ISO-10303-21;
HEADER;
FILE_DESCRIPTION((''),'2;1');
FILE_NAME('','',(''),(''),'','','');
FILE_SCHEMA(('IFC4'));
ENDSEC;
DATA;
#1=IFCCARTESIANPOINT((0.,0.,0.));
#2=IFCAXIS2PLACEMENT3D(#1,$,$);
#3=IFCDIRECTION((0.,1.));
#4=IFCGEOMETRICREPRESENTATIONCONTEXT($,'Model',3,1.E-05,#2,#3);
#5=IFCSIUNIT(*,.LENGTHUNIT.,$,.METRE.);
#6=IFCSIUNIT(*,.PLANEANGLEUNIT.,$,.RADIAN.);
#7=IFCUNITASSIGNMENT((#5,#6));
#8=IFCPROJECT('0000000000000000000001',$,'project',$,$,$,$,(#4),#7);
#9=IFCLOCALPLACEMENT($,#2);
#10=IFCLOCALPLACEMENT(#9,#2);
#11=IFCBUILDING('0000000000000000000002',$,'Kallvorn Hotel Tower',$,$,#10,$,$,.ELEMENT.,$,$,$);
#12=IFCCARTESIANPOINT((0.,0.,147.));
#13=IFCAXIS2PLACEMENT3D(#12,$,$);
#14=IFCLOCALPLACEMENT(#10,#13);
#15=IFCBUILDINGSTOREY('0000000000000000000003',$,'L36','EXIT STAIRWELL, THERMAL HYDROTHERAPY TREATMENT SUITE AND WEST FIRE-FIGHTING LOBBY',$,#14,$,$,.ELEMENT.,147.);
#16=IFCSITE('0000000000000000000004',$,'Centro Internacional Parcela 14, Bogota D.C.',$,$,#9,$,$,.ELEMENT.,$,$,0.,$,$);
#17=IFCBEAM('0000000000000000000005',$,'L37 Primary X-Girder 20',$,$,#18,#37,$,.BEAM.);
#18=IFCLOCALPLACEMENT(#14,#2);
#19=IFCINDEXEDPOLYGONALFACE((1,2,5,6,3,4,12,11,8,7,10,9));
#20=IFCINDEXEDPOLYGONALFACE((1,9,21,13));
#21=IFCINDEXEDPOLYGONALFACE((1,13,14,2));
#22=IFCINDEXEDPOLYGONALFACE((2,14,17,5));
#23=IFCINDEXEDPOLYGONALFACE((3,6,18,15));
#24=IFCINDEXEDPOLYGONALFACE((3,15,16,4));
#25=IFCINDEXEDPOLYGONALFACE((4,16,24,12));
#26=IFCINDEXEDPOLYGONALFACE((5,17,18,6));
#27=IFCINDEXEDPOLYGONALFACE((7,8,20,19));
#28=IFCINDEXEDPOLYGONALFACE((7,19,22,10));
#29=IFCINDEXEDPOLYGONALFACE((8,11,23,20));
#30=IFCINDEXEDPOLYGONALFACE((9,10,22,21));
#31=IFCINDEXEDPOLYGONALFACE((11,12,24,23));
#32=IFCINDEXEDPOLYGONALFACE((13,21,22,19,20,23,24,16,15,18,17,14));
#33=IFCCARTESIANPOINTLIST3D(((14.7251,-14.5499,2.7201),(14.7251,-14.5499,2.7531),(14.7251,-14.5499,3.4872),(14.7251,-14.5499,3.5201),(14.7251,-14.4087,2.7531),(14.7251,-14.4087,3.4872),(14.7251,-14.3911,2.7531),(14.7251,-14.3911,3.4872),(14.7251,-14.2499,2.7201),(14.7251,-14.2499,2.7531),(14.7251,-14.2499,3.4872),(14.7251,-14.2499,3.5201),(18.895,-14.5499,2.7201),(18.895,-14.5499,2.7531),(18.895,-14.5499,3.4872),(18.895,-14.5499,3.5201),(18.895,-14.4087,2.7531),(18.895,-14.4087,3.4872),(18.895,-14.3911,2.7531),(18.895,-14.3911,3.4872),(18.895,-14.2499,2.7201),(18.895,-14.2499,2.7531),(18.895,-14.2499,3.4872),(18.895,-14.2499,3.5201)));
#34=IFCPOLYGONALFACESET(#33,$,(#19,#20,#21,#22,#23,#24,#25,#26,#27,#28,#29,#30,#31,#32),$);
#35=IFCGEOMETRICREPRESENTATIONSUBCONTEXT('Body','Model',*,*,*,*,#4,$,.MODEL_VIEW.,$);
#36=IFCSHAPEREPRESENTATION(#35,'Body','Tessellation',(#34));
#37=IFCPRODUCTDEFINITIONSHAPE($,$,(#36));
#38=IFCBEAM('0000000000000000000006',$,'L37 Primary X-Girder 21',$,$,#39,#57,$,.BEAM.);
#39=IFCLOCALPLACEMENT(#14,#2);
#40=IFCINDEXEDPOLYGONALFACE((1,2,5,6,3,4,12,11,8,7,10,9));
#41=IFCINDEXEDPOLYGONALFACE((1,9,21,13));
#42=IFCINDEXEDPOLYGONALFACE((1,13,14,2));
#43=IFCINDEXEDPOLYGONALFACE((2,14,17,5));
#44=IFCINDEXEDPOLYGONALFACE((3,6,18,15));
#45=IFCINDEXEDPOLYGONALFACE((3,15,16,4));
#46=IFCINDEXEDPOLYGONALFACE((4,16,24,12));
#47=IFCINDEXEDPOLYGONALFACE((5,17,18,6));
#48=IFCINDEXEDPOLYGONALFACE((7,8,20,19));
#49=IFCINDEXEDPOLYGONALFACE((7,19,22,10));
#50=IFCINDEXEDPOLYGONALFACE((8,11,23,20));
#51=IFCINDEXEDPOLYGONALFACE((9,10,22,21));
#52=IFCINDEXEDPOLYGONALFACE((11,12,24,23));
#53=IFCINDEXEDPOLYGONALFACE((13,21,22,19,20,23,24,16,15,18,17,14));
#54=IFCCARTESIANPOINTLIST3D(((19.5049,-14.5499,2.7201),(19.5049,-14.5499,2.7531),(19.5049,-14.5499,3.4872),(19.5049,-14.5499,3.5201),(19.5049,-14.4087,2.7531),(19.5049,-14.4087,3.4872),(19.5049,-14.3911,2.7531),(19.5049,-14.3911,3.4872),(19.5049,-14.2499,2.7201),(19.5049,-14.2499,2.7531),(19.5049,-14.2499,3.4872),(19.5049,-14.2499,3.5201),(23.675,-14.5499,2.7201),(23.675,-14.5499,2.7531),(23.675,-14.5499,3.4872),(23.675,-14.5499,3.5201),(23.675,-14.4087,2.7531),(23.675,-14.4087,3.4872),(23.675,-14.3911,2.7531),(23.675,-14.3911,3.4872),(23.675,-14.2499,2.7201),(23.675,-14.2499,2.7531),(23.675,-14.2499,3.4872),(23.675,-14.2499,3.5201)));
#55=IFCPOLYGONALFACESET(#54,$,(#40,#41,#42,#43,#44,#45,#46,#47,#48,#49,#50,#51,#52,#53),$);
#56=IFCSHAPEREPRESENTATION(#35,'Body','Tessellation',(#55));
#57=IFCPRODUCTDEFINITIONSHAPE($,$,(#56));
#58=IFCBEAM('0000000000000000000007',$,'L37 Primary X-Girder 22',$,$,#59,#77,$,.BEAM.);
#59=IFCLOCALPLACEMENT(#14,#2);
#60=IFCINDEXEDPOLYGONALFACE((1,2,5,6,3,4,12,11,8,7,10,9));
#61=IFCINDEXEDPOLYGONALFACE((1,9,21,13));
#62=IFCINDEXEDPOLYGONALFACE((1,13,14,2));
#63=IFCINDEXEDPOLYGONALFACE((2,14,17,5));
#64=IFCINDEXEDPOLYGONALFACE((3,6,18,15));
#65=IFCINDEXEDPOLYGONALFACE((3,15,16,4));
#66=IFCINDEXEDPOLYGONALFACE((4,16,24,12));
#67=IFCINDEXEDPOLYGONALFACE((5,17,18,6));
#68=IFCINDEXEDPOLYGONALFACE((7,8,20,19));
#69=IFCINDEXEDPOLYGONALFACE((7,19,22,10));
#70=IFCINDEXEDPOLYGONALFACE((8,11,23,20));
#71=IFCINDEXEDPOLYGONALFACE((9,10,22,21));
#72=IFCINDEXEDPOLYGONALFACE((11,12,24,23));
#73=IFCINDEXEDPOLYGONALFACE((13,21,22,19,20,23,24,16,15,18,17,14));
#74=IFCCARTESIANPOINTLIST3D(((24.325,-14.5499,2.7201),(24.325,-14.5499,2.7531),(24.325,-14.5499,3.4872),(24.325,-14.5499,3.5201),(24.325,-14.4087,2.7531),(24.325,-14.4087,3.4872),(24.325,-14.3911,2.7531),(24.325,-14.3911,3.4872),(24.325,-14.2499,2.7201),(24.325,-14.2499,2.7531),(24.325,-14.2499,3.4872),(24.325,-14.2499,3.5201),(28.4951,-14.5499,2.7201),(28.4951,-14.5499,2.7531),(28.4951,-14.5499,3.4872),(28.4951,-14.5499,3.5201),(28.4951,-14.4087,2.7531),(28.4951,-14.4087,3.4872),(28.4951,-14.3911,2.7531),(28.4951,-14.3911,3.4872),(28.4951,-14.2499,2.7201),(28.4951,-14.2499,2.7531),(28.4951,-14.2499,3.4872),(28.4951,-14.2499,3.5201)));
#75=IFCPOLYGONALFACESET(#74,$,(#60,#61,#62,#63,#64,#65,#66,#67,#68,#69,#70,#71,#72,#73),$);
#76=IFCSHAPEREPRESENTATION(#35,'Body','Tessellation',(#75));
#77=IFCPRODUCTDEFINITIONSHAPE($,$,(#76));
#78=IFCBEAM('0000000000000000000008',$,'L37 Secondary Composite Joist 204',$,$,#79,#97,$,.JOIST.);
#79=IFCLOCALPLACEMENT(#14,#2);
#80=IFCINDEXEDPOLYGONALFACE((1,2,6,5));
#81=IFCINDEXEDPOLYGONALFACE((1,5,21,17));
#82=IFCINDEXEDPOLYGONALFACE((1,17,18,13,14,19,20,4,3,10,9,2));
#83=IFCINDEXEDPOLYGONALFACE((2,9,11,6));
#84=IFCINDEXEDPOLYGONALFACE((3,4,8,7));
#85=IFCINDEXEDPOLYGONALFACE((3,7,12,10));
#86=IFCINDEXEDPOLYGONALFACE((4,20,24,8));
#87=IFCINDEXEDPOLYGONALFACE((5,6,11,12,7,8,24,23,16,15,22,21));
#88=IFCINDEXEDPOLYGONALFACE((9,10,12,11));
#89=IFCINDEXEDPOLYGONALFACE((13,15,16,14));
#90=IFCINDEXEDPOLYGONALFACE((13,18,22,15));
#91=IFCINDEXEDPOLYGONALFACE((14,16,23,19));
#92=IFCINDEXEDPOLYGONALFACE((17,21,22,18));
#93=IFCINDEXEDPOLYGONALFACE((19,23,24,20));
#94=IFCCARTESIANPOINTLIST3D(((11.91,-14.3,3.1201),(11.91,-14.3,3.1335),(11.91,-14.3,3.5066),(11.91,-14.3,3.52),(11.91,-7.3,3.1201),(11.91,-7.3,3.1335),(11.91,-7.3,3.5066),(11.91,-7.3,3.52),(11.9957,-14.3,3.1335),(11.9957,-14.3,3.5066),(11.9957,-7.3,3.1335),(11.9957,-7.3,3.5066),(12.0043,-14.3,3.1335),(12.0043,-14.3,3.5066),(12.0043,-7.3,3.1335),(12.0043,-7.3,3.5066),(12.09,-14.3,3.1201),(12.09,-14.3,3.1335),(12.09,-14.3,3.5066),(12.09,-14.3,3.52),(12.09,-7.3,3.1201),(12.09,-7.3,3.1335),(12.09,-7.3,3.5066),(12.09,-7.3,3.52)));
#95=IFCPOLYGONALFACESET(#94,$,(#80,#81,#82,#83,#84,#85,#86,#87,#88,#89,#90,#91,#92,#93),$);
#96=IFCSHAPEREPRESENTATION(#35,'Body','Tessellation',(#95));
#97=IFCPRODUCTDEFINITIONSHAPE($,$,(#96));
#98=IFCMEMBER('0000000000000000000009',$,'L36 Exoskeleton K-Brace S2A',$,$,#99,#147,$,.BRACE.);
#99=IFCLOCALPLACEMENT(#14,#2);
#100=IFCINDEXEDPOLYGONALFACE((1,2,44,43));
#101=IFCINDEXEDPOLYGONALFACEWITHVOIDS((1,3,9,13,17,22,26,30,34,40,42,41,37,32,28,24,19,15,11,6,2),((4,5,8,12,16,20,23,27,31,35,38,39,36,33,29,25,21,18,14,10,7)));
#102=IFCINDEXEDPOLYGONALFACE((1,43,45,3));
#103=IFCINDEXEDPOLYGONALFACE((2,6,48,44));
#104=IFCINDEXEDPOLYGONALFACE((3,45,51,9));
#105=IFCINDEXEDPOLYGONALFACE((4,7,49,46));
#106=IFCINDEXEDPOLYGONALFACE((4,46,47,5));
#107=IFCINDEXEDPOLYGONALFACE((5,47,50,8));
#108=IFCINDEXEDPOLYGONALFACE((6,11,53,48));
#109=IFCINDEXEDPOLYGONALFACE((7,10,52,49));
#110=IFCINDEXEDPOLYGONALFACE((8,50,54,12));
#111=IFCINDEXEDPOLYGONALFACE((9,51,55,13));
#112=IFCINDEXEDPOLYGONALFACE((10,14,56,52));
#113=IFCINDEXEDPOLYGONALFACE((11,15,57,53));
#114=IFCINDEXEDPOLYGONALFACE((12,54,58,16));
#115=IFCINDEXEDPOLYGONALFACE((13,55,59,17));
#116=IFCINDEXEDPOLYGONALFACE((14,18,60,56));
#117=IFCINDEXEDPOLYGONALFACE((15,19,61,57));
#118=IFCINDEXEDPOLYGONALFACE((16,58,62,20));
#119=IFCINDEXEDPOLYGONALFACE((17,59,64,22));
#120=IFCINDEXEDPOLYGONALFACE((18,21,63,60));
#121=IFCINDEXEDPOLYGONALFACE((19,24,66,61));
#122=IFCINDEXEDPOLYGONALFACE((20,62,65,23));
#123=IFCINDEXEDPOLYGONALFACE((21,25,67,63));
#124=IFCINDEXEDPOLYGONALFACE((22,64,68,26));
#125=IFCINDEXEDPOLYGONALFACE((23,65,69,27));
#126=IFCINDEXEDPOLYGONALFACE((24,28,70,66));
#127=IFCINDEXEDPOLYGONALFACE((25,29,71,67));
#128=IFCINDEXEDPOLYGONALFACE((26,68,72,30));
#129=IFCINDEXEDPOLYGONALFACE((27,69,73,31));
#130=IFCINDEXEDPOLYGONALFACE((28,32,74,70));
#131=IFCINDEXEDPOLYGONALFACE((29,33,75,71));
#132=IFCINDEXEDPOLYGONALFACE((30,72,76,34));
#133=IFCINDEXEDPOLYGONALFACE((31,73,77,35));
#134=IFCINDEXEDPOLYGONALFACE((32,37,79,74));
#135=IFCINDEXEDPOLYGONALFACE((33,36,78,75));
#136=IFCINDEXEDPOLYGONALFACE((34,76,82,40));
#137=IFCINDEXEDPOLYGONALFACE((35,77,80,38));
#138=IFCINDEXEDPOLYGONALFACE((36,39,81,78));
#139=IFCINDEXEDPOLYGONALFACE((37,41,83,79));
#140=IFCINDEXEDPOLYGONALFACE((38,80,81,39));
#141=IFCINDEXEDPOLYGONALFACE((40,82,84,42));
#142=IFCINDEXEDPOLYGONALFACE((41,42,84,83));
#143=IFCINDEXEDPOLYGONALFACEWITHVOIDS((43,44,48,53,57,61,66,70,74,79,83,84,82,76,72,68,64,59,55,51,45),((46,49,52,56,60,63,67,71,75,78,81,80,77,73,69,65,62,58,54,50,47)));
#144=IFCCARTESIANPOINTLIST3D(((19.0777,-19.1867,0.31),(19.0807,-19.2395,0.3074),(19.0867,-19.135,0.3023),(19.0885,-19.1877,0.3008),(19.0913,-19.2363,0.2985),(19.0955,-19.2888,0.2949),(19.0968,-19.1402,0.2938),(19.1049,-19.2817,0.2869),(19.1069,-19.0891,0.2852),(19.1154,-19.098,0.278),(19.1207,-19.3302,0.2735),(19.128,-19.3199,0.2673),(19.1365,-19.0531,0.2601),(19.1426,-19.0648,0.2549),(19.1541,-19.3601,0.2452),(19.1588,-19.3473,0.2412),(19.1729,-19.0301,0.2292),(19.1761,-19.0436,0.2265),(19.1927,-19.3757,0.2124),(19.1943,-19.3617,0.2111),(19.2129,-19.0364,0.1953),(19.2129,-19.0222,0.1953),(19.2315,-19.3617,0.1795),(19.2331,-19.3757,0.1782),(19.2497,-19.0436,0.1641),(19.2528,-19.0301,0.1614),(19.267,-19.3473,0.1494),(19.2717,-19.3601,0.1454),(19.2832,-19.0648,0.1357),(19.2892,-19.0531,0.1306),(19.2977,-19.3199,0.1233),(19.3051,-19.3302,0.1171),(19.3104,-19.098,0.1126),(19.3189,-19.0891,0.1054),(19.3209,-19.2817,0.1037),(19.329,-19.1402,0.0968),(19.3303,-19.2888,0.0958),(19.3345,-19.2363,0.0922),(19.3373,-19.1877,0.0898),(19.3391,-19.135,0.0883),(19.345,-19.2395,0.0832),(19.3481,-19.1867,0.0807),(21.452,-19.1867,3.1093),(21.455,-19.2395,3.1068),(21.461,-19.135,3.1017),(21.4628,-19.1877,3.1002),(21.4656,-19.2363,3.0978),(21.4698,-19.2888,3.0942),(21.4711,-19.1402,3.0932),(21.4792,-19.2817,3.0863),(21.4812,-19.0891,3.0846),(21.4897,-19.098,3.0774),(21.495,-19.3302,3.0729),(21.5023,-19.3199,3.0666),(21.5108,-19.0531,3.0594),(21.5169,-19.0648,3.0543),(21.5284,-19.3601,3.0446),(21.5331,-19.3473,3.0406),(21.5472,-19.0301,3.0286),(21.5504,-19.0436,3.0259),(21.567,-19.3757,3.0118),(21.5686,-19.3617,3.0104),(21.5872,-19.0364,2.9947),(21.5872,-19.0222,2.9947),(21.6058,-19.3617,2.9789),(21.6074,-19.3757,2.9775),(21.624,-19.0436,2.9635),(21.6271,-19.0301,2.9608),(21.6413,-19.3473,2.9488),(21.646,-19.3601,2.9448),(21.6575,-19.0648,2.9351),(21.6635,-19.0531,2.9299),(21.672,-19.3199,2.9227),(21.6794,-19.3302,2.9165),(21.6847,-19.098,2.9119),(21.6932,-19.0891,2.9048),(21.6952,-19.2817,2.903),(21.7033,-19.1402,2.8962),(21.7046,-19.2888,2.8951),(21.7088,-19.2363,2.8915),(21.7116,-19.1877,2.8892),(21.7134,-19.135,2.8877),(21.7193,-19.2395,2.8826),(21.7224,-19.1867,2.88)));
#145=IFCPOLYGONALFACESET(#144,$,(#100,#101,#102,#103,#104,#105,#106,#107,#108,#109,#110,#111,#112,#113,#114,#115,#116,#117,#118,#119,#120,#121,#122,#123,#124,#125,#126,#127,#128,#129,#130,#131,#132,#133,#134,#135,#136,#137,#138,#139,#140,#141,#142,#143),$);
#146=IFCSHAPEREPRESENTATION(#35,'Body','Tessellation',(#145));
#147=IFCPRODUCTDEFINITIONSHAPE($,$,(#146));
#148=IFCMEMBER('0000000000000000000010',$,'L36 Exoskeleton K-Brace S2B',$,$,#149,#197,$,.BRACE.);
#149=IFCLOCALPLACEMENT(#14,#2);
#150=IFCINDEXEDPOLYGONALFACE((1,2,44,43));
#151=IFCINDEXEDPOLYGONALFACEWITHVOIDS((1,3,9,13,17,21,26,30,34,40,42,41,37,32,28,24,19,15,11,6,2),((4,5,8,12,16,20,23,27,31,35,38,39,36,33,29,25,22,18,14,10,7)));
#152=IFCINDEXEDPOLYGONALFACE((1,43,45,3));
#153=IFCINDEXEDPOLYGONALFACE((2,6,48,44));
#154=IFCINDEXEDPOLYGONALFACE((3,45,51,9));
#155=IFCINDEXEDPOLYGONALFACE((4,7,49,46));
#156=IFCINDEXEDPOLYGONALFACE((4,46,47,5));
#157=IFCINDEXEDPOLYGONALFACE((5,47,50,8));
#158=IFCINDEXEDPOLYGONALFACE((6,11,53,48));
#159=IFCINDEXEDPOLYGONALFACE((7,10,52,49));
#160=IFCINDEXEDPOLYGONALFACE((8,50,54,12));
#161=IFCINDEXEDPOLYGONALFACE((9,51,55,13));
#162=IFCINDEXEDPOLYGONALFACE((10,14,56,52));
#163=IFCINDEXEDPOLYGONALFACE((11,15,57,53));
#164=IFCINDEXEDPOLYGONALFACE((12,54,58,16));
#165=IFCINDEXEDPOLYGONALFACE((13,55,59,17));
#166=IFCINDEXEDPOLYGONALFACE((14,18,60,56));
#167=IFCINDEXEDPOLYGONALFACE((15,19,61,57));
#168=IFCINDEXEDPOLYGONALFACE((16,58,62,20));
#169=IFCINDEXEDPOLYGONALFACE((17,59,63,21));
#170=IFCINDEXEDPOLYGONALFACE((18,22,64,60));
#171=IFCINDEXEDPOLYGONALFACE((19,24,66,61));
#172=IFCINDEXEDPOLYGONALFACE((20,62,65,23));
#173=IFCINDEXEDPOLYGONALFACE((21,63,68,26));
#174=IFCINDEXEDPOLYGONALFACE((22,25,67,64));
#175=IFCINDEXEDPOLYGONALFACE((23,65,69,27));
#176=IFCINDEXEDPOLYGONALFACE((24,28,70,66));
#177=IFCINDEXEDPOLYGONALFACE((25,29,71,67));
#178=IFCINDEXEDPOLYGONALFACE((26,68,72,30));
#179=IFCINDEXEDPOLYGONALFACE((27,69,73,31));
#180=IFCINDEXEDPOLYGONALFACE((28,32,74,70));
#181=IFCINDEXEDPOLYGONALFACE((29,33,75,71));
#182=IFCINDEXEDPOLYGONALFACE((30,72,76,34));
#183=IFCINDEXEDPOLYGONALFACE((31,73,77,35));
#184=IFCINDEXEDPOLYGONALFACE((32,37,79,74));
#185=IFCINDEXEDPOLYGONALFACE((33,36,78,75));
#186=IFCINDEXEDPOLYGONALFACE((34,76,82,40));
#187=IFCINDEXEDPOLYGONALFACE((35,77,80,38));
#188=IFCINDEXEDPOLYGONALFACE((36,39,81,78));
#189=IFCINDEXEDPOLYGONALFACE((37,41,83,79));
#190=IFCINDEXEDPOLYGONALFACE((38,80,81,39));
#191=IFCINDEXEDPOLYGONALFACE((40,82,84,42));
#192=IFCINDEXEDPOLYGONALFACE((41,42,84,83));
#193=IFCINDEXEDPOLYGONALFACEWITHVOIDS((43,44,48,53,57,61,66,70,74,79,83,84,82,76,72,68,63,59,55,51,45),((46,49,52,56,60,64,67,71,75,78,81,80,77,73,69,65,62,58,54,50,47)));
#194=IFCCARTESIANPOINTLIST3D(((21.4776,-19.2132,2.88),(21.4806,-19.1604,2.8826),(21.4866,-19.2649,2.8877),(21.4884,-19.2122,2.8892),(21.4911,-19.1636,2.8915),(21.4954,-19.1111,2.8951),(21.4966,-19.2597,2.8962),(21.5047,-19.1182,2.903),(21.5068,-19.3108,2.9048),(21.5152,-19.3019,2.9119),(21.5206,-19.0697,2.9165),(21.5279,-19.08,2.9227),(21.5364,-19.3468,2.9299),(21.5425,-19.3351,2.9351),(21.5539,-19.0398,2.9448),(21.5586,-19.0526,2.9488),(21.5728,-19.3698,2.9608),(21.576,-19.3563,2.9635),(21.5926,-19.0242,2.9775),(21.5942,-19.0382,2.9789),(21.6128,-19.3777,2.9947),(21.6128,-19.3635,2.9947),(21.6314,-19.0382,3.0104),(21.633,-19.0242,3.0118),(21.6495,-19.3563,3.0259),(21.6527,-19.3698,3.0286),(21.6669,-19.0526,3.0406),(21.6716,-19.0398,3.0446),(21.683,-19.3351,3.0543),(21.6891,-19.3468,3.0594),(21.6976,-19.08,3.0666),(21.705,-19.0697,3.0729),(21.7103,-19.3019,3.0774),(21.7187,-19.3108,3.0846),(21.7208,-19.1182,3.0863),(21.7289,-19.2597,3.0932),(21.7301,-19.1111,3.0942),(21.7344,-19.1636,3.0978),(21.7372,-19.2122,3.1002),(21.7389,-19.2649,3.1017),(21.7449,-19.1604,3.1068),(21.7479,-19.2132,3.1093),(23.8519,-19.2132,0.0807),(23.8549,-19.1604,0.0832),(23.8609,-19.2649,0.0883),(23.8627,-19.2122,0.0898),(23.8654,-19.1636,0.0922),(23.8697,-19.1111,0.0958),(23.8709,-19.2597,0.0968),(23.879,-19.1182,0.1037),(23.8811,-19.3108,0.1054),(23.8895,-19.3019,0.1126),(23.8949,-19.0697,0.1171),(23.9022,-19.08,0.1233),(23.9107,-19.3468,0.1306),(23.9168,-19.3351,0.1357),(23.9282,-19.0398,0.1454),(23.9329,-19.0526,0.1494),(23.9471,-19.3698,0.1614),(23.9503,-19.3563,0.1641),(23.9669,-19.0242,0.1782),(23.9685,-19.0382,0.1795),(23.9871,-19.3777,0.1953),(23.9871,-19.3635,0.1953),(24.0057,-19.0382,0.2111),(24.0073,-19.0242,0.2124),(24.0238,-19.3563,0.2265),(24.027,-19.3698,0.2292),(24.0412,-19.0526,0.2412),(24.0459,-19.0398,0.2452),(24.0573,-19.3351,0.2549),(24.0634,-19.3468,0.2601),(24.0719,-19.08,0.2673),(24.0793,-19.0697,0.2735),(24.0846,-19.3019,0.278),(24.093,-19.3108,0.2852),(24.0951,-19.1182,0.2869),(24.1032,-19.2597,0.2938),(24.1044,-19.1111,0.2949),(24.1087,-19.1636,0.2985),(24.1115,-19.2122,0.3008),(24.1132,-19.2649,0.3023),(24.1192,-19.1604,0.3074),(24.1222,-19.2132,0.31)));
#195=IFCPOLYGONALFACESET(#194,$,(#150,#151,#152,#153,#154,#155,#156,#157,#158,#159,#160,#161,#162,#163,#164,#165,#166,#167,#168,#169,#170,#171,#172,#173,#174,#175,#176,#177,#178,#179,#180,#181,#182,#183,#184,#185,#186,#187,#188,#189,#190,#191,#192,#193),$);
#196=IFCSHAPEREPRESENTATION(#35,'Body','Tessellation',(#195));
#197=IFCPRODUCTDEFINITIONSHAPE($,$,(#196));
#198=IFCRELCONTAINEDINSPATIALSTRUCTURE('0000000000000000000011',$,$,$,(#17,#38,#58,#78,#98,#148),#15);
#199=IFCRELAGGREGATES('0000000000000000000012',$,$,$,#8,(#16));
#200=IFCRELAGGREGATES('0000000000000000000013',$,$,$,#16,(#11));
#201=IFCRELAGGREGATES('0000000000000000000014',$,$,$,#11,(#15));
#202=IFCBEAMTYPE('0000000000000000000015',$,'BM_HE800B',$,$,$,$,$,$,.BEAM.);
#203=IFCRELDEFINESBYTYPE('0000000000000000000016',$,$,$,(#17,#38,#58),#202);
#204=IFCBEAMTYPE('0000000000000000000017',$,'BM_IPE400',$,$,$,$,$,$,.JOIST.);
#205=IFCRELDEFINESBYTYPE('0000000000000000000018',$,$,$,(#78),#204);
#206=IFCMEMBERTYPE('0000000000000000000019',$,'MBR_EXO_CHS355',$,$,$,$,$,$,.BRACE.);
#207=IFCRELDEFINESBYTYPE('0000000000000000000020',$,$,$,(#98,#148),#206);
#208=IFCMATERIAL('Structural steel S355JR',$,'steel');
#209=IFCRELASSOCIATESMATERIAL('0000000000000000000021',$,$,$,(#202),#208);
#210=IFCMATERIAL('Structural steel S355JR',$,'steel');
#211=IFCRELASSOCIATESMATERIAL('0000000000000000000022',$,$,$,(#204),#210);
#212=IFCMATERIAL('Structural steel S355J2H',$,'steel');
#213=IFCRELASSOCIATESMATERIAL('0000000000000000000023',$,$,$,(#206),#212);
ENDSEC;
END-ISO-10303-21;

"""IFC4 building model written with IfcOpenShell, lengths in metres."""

from ifc_helpers import new_model, si_unit, direction, frame, origin, origin_2d, place, context, subcontext, project, spatial, hollow_circle, i_section, extrude, material, material_profile, profile_set, type_object, element, save


model = new_model("IFC4")

# Units and contexts
model_context = context("Model", 3, precision=1e-05, world=origin(), true_north=direction((0.0, 1.0)))
body_context = subcontext(model_context, "Body", "Model", "MODEL_VIEW")
ifc_project = project(units=[si_unit("LENGTHUNIT", "METRE"), si_unit("PLANEANGLEUNIT", "RADIAN")], contexts=[model_context])

# Site, building, storey
site_placement = place(None, origin())
site = spatial("IfcSite", under=ifc_project, at=site_placement, Name="Centro Internacional Parcela 14, Bogota D.C.", CompositionType="ELEMENT", RefElevation=0.0)
building_placement = place(site_placement, origin())
building = spatial("IfcBuilding", under=site, at=building_placement, Name="Kallvorn Hotel Tower", CompositionType="ELEMENT")
storey_placement = place(building_placement, frame((0.0, 0.0, 147.0)))
storey = spatial("IfcBuildingStorey", under=building, at=storey_placement, Name="L36", Description="EXIT STAIRWELL, THERMAL HYDROTHERAPY TREATMENT SUITE AND WEST FIRE-FIGHTING LOBBY", CompositionType="ELEMENT", Elevation=147.0)

# Beams
ifc_material_1 = material(Name="Structural steel S355JR", Category="steel")
ifc_material_profile_1 = material_profile(ifc_material_1, i_section(OverallWidth=0.3, OverallDepth=0.8, WebThickness=0.0176, FlangeThickness=0.033, at=origin_2d()), Name="HE 800 B")
ifc_profile_set_1 = profile_set([ifc_material_profile_1], Name="Structural steel S355JR")
beam_type_1 = type_object("IfcBeamType", Name="BM_HE800B", PredefinedType="BEAM", material=ifc_profile_set_1)
beam_1_placement = place(storey_placement, frame((14.7251, -14.3999, 3.1201), z_axis=(1.0, 0.0, 0.0), x_axis=(0.0, 1.0, 0.0)))
element("IfcBeam", 1, at=beam_1_placement, inside=storey, type_object=beam_type_1, Name="L37 Primary X-Girder 20", PredefinedType="BEAM", context=body_context, shape_type="SweptSolid", body=[
    extrude(i_section(OverallWidth=0.3, OverallDepth=0.8, WebThickness=0.0176, FlangeThickness=0.033, at=origin_2d()), origin(), (0.0, 0.0, 1.0), 4.1699),
])
for number, where, z_axis, x_axis, name in (
    (2, (19.5049, -14.3999, 3.1201), (1.0, 0.0, 0.0), (0.0, 1.0, 0.0), "L37 Primary X-Girder 21"),
    (3, (24.325, -14.3999, 3.1201), (1.0, 0.0, 0.0), (0.0, 1.0, 0.0), "L37 Primary X-Girder 22"),
):
    element("IfcBeam", number, at=place(storey_placement, frame(where, z_axis=z_axis, x_axis=x_axis)), inside=storey, type_object=beam_type_1, Name=name, PredefinedType="BEAM", context=body_context, shape_type="SweptSolid", body=[
        extrude(i_section(OverallWidth=0.3, OverallDepth=0.8, WebThickness=0.0176, FlangeThickness=0.033, at=origin_2d()), origin(), (0.0, 0.0, 1.0), 4.1702),
    ])
ifc_material_2 = material(Name="Structural steel S355JR", Category="steel")
ifc_material_profile_2 = material_profile(ifc_material_2, i_section(OverallWidth=0.1799, OverallDepth=0.3999, WebThickness=0.0085, FlangeThickness=0.0134, at=origin_2d()), Name="IPE 400")
ifc_profile_set_2 = profile_set([ifc_material_profile_2], Name="Structural steel S355JR")
beam_type_2 = type_object("IfcBeamType", Name="BM_IPE400", PredefinedType="JOIST", material=ifc_profile_set_2)
beam_2_placement = place(storey_placement, frame((12.0, -14.3, 3.3201), z_axis=(0.0, 1.0, 0.0), x_axis=(-1.0, 0.0, 0.0)))
element("IfcBeam", 4, at=beam_2_placement, inside=storey, type_object=beam_type_2, Name="L37 Secondary Composite Joist 204", PredefinedType="JOIST", context=body_context, shape_type="SweptSolid", body=[
    extrude(i_section(OverallWidth=0.1799, OverallDepth=0.3999, WebThickness=0.0085, FlangeThickness=0.0134, at=origin_2d()), origin(), (0.0, 0.0, 1.0), 7.0),
])

# Members
ifc_material_3 = material(Name="Structural steel S355J2H", Category="steel")
ifc_material_profile_3 = material_profile(ifc_material_3, hollow_circle(Radius=0.1777, WallThickness=0.0142, at=origin_2d()), Name="CHS 355.6x14.2")
ifc_profile_set_3 = profile_set([ifc_material_profile_3], Name="Structural steel S355J2H")
member_type = type_object("IfcMemberType", Name="MBR_EXO_CHS355", PredefinedType="BRACE", material=ifc_profile_set_3)
for number, where, z_axis, x_axis, name in (
    (5, (19.2129, -19.2, 0.1953), (0.646833, 0.0, 0.762631), (0.0, 1.0, 0.0), "L36 Exoskeleton K-Brace S2A"),
    (6, (23.9871, -19.2, 0.1953), (-0.646833, 0.0, 0.762631), (0.0, -1.0, 0.0), "L36 Exoskeleton K-Brace S2B"),
):
    element("IfcMember", number, at=place(storey_placement, frame(where, z_axis=z_axis, x_axis=x_axis)), inside=storey, type_object=member_type, Name=name, PredefinedType="BRACE", context=body_context, shape_type="SweptSolid", body=[
        extrude(hollow_circle(Radius=0.1777, WallThickness=0.0142, at=origin_2d()), origin(), (0.0, 0.0, 1.0), 3.6707),
    ])

save(model, "model.ifc")
